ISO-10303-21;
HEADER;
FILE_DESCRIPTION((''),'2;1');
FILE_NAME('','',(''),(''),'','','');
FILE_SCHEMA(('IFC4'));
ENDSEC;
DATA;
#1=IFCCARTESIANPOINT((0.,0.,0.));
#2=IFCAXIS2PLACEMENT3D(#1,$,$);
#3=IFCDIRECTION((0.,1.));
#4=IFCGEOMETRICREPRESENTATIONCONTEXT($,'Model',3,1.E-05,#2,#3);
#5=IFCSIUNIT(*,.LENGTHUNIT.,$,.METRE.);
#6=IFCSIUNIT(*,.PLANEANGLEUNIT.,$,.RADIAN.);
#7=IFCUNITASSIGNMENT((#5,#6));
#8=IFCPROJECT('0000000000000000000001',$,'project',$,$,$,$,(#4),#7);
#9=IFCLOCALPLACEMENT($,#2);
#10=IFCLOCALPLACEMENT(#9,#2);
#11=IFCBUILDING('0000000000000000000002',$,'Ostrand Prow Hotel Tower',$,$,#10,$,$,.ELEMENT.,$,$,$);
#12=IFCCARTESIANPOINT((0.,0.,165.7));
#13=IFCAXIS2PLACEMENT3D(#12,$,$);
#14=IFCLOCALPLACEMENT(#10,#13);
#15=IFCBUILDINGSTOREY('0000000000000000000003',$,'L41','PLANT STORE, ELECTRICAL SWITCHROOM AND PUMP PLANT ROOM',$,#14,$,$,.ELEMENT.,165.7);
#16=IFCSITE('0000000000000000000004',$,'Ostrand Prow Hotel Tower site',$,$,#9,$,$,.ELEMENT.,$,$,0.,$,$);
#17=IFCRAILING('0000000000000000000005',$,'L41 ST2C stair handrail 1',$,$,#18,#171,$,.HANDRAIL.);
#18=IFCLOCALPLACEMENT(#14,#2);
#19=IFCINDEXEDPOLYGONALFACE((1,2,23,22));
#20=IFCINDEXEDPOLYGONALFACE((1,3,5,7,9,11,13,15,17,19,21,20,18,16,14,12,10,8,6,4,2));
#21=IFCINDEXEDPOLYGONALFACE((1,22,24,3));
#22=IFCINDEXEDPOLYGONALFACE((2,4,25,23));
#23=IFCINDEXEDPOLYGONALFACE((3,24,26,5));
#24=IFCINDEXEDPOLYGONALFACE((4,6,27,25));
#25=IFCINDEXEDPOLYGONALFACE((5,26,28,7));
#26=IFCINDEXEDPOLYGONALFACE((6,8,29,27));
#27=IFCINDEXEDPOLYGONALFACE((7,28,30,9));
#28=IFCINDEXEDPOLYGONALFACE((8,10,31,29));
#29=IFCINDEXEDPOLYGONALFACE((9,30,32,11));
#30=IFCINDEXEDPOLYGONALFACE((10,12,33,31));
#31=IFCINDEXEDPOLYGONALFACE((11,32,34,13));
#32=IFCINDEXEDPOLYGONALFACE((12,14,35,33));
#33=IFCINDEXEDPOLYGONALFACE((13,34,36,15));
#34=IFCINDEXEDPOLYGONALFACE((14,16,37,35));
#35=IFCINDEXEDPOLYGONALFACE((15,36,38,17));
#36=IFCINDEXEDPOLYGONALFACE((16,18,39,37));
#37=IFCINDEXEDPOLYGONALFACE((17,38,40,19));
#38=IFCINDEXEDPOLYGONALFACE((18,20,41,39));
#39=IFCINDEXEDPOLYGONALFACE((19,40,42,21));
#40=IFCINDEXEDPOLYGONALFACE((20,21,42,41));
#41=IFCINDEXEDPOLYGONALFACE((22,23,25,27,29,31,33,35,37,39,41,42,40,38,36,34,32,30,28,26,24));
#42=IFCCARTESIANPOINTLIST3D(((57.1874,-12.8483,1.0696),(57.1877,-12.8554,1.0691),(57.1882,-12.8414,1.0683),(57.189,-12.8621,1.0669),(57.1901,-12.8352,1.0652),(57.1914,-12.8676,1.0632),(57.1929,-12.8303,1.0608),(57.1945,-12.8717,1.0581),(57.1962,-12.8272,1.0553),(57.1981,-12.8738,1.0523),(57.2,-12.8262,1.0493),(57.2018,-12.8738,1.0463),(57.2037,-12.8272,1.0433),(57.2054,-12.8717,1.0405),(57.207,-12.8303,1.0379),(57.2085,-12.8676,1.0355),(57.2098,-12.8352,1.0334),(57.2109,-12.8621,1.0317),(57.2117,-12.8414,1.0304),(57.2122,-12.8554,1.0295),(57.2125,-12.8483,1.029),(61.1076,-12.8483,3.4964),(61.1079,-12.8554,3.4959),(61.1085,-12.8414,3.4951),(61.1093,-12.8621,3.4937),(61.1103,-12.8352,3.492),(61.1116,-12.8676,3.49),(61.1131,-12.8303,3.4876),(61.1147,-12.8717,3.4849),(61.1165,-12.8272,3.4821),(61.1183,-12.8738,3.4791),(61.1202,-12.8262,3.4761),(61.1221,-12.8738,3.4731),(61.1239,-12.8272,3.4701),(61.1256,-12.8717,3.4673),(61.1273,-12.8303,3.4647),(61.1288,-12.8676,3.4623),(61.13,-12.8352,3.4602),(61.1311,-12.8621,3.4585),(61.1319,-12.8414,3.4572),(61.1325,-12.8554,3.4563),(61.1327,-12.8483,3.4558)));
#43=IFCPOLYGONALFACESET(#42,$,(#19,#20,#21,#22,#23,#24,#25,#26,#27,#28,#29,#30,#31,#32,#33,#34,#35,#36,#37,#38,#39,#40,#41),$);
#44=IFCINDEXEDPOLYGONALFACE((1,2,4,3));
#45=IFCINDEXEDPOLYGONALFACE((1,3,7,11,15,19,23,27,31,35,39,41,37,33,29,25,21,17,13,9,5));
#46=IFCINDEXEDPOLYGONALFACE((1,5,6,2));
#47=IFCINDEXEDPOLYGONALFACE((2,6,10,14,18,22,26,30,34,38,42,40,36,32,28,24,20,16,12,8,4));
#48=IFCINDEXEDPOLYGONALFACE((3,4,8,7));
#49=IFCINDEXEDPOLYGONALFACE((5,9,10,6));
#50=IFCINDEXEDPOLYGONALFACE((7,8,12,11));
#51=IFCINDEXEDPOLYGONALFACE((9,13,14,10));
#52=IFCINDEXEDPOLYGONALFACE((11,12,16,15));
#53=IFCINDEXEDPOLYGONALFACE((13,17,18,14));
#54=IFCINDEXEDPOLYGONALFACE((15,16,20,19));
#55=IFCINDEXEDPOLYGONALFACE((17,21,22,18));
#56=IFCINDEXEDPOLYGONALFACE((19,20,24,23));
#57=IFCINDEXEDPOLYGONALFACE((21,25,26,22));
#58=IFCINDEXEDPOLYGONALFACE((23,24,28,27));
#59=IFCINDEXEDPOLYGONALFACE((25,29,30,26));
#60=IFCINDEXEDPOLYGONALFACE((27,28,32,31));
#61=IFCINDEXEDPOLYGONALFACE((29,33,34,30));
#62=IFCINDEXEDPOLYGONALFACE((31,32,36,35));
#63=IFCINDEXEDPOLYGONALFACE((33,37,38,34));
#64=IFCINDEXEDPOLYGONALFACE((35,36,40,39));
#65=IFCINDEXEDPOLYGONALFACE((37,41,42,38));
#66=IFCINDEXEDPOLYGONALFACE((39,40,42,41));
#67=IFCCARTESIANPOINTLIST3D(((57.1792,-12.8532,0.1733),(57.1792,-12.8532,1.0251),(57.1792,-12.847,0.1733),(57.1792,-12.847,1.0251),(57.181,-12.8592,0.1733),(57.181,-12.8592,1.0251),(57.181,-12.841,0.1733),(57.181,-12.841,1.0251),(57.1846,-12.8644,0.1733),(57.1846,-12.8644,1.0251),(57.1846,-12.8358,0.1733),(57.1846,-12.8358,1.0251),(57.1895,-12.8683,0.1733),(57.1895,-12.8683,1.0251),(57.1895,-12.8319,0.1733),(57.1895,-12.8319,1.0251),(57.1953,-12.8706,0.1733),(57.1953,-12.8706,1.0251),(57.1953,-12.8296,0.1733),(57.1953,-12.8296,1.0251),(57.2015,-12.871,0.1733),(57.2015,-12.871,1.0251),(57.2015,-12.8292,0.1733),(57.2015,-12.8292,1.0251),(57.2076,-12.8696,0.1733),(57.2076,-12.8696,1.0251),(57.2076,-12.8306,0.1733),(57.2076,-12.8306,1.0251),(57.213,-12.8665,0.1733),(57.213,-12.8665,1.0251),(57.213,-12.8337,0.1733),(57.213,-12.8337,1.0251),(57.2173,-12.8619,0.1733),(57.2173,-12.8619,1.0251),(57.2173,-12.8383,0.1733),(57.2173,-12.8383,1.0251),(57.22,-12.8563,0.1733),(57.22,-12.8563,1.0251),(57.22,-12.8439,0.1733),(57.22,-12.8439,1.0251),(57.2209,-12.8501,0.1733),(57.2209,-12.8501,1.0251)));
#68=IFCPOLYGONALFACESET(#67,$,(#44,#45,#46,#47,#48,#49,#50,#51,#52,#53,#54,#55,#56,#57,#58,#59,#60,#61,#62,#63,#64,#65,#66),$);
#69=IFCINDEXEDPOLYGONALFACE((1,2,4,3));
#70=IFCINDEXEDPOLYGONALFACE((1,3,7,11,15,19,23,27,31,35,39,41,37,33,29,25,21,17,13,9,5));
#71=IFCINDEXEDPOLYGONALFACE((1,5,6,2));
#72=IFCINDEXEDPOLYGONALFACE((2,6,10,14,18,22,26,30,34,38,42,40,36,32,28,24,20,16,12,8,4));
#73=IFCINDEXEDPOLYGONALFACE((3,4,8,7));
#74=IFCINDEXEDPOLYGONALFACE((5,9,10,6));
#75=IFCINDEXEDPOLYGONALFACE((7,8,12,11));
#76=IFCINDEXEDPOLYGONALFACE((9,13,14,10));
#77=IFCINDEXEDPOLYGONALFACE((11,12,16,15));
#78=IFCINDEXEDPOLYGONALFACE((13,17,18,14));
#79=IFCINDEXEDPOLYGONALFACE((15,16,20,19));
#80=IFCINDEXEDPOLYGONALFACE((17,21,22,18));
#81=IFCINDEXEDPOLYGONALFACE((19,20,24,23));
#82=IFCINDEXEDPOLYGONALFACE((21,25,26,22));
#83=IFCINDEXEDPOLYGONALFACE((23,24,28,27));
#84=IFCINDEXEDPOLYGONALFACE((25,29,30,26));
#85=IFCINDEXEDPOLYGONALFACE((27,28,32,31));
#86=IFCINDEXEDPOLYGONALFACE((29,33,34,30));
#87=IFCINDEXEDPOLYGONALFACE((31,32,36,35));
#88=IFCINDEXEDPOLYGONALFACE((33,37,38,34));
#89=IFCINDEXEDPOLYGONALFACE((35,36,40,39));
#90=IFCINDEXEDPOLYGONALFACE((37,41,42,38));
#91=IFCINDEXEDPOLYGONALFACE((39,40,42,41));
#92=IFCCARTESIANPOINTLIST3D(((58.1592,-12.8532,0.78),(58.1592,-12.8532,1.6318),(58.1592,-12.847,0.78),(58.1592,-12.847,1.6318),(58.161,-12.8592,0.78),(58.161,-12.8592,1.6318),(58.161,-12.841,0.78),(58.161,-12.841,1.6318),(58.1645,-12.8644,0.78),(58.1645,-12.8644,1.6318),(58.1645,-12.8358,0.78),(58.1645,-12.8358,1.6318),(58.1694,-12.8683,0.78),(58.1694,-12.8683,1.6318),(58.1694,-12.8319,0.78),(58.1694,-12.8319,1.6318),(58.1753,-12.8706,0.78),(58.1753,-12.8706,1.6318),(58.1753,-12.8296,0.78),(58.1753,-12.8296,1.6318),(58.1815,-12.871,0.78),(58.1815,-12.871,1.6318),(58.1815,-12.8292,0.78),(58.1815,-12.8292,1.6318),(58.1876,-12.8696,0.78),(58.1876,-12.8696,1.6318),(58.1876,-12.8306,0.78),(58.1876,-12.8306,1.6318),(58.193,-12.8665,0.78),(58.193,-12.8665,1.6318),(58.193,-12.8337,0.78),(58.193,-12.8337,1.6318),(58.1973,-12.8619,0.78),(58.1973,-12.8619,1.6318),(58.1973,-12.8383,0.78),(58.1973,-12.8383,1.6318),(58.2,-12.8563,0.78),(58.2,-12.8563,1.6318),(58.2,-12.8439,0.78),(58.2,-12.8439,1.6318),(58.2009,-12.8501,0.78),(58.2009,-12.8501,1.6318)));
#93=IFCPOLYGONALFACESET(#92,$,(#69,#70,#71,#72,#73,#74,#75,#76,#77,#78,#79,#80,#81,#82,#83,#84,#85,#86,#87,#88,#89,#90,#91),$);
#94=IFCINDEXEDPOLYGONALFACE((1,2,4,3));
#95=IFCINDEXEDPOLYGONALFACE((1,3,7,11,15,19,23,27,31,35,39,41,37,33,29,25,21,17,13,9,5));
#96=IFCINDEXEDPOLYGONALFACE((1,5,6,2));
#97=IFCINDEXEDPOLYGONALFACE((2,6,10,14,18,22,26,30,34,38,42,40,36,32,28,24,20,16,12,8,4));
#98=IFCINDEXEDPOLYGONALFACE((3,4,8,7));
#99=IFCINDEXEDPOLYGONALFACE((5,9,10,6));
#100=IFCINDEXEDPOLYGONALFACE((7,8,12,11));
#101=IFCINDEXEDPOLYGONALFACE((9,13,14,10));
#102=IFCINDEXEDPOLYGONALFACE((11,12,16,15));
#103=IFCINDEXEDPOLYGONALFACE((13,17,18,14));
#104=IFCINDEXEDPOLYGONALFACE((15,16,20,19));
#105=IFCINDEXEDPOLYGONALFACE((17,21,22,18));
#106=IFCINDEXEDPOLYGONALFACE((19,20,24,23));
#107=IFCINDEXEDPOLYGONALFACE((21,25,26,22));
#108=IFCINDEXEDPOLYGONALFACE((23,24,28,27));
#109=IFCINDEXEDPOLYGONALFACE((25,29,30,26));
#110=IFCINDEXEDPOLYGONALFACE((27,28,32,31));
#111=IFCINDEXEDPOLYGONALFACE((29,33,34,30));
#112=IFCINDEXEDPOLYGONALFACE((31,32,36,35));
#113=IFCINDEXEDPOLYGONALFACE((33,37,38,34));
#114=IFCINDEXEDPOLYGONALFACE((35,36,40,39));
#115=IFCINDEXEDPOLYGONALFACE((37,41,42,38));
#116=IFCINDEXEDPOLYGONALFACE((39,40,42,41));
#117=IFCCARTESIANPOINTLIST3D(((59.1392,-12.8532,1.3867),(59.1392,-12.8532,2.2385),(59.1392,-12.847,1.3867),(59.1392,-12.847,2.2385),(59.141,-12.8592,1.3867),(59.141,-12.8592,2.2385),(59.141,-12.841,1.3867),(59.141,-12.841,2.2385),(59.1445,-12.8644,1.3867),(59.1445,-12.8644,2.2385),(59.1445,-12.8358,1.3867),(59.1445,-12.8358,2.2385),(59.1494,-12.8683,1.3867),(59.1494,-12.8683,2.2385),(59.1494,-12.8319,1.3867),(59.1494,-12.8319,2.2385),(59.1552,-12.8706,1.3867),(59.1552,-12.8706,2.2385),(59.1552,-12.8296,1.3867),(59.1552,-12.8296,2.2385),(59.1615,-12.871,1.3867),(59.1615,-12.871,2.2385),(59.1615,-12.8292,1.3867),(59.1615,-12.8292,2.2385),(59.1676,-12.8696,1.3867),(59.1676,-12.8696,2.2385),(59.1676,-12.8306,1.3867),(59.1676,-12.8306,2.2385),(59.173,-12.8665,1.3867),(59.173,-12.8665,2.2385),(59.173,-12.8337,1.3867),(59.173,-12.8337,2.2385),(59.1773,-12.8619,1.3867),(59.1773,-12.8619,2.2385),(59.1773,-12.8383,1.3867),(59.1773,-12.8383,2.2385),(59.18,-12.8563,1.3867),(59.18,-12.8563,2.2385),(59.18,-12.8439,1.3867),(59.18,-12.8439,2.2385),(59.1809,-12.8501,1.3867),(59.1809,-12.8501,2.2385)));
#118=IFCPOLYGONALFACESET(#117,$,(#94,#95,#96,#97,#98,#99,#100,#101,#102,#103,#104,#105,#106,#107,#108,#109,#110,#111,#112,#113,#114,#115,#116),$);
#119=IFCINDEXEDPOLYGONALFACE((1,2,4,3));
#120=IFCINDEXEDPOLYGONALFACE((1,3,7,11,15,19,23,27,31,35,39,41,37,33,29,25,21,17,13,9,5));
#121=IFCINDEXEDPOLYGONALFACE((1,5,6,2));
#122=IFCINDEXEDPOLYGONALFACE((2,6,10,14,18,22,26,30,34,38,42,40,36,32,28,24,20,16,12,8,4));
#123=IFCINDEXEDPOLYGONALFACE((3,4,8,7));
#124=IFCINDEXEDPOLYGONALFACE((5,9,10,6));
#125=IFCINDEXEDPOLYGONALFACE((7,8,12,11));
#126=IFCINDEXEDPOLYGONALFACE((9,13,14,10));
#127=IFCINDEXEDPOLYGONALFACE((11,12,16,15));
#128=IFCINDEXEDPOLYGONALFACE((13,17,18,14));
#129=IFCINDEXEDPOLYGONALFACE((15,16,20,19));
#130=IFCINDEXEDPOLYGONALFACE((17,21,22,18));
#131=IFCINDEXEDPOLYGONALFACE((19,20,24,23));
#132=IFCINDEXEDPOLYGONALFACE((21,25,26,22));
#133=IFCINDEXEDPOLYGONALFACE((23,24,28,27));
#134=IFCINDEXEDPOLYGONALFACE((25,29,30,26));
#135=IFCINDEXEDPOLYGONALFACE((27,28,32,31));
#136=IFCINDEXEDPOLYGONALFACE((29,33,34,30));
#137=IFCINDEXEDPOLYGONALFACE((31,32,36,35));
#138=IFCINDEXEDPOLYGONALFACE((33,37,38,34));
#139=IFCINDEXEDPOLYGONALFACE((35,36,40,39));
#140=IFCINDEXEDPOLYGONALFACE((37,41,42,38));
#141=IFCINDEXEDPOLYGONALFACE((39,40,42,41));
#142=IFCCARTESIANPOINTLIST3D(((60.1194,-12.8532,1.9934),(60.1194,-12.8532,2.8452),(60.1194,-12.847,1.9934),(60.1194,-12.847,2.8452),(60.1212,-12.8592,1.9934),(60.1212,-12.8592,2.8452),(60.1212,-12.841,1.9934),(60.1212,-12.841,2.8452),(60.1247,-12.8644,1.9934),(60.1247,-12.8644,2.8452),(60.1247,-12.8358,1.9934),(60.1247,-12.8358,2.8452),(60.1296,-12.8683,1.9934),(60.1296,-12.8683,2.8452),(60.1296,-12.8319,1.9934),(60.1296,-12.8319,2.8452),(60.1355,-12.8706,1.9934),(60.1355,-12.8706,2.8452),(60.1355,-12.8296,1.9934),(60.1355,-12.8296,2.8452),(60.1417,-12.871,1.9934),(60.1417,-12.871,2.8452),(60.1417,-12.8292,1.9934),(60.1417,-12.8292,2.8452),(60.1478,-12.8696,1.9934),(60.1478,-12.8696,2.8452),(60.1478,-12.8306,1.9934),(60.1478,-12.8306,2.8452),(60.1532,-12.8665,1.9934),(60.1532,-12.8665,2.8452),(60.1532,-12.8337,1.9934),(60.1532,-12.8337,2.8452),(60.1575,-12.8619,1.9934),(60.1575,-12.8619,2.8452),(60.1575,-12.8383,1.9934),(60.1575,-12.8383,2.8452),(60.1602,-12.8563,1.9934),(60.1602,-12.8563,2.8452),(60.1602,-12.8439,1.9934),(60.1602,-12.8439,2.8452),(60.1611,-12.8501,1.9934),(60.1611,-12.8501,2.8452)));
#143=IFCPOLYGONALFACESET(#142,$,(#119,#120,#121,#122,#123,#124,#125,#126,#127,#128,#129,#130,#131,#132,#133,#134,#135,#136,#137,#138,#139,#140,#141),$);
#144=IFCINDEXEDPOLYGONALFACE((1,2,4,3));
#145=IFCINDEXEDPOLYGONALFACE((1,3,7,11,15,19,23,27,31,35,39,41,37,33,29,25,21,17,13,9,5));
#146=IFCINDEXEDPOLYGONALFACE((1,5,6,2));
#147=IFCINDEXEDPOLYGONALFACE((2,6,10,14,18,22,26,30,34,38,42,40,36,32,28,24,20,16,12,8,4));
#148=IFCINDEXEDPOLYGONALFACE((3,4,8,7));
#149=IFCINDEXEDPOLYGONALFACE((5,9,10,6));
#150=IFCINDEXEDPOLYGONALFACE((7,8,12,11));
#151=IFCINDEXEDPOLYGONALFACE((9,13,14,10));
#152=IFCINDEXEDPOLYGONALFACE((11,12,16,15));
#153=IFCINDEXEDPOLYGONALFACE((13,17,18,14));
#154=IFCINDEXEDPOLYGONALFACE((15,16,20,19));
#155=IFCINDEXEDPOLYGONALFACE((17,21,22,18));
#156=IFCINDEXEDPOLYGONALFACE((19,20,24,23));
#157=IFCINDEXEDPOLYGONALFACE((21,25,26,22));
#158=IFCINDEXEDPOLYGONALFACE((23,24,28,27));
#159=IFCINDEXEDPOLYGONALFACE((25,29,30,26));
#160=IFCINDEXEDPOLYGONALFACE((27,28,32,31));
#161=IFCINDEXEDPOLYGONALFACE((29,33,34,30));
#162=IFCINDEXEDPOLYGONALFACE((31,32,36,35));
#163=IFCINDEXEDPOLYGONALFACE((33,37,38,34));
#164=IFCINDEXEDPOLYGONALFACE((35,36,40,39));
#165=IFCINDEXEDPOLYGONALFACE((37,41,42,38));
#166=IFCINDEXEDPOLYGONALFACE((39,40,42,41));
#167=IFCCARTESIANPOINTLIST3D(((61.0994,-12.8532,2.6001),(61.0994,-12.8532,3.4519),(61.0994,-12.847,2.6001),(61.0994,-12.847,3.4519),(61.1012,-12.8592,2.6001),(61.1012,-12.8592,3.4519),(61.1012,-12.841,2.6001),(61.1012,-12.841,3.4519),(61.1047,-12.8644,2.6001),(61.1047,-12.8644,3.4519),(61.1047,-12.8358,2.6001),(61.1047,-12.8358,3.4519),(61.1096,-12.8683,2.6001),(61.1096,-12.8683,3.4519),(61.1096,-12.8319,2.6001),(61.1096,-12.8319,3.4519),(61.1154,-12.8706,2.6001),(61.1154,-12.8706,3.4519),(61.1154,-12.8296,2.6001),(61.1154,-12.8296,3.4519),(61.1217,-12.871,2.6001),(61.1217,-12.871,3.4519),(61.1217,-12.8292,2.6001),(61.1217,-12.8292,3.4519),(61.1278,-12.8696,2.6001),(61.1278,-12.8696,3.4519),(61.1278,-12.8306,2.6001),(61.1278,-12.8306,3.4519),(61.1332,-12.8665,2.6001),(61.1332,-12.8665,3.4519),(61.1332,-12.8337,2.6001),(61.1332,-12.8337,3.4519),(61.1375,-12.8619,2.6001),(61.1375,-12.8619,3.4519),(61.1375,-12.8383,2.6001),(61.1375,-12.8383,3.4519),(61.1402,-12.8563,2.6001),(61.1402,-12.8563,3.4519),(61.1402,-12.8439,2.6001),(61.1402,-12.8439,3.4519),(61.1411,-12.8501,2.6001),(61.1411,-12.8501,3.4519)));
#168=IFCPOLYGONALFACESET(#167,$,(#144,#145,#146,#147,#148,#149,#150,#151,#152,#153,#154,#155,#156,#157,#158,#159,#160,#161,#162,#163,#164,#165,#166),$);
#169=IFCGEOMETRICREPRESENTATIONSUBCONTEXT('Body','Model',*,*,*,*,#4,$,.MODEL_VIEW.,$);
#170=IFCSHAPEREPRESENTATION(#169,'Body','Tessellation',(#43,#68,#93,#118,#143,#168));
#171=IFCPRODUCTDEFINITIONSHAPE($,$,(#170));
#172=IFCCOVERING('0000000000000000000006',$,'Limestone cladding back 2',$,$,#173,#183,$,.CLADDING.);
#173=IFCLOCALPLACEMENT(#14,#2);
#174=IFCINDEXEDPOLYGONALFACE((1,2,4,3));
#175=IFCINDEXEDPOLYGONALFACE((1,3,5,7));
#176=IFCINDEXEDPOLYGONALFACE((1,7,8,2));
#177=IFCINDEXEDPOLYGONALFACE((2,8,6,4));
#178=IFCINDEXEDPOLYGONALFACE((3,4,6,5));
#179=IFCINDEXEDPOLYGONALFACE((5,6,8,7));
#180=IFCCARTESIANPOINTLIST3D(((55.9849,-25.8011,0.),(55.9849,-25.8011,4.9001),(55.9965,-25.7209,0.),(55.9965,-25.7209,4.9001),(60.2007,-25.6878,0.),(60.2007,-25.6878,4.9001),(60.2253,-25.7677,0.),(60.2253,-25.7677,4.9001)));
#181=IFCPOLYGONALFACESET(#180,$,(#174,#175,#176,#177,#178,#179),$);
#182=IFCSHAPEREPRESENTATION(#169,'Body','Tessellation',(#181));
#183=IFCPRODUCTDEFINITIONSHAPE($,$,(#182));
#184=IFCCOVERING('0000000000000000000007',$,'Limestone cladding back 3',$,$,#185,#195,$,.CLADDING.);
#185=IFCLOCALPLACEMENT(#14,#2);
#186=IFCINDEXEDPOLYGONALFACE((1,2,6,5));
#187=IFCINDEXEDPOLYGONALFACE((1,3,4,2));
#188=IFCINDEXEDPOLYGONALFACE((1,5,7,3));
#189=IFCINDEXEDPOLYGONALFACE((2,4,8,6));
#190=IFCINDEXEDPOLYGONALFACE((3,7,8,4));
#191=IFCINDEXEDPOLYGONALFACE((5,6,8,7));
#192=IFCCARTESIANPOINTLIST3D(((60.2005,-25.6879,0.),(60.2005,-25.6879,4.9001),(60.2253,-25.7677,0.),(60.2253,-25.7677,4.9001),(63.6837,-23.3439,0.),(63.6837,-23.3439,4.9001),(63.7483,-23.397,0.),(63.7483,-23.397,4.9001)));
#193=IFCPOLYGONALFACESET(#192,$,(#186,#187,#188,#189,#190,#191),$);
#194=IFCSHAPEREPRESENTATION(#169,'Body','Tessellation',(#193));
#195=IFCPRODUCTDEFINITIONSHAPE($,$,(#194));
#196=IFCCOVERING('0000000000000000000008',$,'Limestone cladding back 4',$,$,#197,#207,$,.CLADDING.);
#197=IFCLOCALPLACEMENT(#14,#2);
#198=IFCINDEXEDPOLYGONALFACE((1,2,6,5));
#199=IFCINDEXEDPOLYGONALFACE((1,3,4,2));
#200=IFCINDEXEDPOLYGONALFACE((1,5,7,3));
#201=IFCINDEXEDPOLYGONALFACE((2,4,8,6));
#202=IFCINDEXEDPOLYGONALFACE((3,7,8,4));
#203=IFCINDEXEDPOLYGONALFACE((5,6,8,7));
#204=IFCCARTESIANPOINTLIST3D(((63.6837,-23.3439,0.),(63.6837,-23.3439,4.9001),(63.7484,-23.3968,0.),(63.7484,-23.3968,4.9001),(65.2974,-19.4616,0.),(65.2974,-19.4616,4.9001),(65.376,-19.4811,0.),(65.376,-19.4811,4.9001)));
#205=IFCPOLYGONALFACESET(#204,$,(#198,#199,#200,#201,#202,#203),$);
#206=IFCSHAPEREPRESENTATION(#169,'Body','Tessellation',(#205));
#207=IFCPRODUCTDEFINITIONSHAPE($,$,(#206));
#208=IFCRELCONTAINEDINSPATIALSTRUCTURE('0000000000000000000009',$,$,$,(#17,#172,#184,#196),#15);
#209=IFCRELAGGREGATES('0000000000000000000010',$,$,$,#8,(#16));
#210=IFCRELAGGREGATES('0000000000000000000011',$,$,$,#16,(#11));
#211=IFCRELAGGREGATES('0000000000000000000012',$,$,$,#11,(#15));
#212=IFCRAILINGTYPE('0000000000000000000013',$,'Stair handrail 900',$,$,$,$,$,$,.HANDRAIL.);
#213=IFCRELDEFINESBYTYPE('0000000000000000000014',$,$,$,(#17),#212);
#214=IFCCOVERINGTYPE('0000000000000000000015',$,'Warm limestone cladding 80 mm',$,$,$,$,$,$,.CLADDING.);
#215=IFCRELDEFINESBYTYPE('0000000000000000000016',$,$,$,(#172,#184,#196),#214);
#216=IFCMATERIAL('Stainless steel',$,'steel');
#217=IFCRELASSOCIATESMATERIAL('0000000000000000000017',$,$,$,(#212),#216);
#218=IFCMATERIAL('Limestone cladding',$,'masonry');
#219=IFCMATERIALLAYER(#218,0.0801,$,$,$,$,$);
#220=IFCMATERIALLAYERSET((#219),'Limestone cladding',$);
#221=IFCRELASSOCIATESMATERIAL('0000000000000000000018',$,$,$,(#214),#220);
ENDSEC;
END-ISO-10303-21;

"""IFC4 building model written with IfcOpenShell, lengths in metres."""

from ifc_helpers import new_model, si_unit, direction, frame, origin, origin_2d, place, context, subcontext, project, spatial, polyline, circle, outline, extrude, material, layer, layer_set, type_object, element, save


model = new_model("IFC4")

# Units and contexts
model_context = context("Model", 3, precision=1e-05, world=origin(), true_north=direction((0.0, 1.0)))
body_context = subcontext(model_context, "Body", "Model", "MODEL_VIEW")
ifc_project = project(units=[si_unit("LENGTHUNIT", "METRE"), si_unit("PLANEANGLEUNIT", "RADIAN")], contexts=[model_context])

# Site, building, storey
site_placement = place(None, origin())
site = spatial("IfcSite", under=ifc_project, at=site_placement, Name="Ostrand Prow Hotel Tower site", CompositionType="ELEMENT", RefElevation=0.0)
building_placement = place(site_placement, origin())
building = spatial("IfcBuilding", under=site, at=building_placement, Name="Ostrand Prow Hotel Tower", CompositionType="ELEMENT")
storey_placement = place(building_placement, frame((0.0, 0.0, 165.7)))
storey = spatial("IfcBuildingStorey", under=building, at=storey_placement, Name="L41", Description="PLANT STORE, ELECTRICAL SWITCHROOM AND PUMP PLANT ROOM", CompositionType="ELEMENT", Elevation=165.7)

# Railing
ifc_material_1 = material(Name="Stainless steel", Category="steel")
railing_type = type_object("IfcRailingType", Name="Stair handrail 900", PredefinedType="HANDRAIL", material=ifc_material_1)
railing_placement = place(storey_placement, frame((57.2, -12.8501, 0.1733)))
element("IfcRailing", 1, at=railing_placement, inside=storey, type_object=railing_type, Name="L41 ST2C stair handrail 1", PredefinedType="HANDRAIL", context=body_context, shape_type="SweptSolid", body=[
    extrude(circle(Radius=0.0239, at=origin_2d()), frame((0.0, 0.0, 0.876), z_axis=(0.850266, 0.0, 0.526353), x_axis=(0.0, 1.0, 0.0)), (0.0, 0.0, 1.0), 4.6106),
    extrude(circle(Radius=0.021, at=origin_2d()), origin(), (0.0, 0.0, 1.0), 0.8518),
    extrude(circle(Radius=0.021, at=origin_2d()), frame((0.98, 0.0, 0.6067)), (0.0, 0.0, 1.0), 0.8518),
    extrude(circle(Radius=0.021, at=origin_2d()), frame((1.96, 0.0, 1.2134)), (0.0, 0.0, 1.0), 0.8518),
    extrude(circle(Radius=0.021, at=origin_2d()), frame((2.9402, 0.0, 1.8201)), (0.0, 0.0, 1.0), 0.8518),
    extrude(circle(Radius=0.021, at=origin_2d()), frame((3.9202, 0.0, 2.4268)), (0.0, 0.0, 1.0), 0.8518),
])

# Coverings
ifc_material_2 = material(Name="Limestone cladding", Category="masonry")
ifc_layer_1 = layer(ifc_material_2, 0.0801)
ifc_layer_set_1 = layer_set([ifc_layer_1], Name="Limestone cladding")
covering_type_1 = type_object("IfcCoveringType", Name="Warm limestone cladding 80 mm", PredefinedType="CLADDING", material=ifc_layer_set_1)
covering_1_placement = place(storey_placement, frame((55.9907, -25.761, 0.0), z_axis=(0.0, 0.0, 1.0), x_axis=(0.999969, 0.007864, 0.0)))
element("IfcCovering", 2, at=covering_1_placement, inside=storey, type_object=covering_type_1, Name="Limestone cladding back 2", PredefinedType="CLADDING", context=body_context, shape_type="SweptSolid", body=[
    extrude(outline(polyline([(-0.0061, -0.04), (4.2344, -0.04), (4.2104, 0.04), (0.0061, 0.04), (-0.0061, -0.04)])), origin(), (0.0, 0.0, 1.0), 4.9001),
])
covering_2_placement = place(storey_placement, frame((60.2129, -25.7278, 0.0), z_axis=(0.0, 0.0, 1.0), x_axis=(0.829641, 0.558298, 0.0)))
element("IfcCovering", 3, at=covering_2_placement, inside=storey, type_object=covering_type_1, Name="Limestone cladding back 3", PredefinedType="CLADDING", context=body_context, shape_type="SweptSolid", body=[
    extrude(outline(polyline([(-0.012, -0.04), (4.2344, -0.04), (4.2104, 0.04), (0.012, 0.04), (-0.012, -0.04)])), origin(), (0.0, 0.0, 1.0), 4.9001),
])
covering_3_placement = place(storey_placement, frame((63.7161, -23.3704, 0.0), z_axis=(0.0, 0.0, 1.0), x_axis=(0.383819, 0.923408, 0.0)))
element("IfcCovering", 4, at=covering_3_placement, inside=storey, type_object=covering_type_1, Name="Limestone cladding back 4", PredefinedType="CLADDING", context=body_context, shape_type="SweptSolid", body=[
    extrude(outline(polyline([(-0.012, -0.04), (4.2285, -0.04), (4.2163, 0.04), (0.012, 0.04), (-0.012, -0.04)])), origin(), (0.0, 0.0, 1.0), 4.9001),
])

save(model, "model.ifc")
